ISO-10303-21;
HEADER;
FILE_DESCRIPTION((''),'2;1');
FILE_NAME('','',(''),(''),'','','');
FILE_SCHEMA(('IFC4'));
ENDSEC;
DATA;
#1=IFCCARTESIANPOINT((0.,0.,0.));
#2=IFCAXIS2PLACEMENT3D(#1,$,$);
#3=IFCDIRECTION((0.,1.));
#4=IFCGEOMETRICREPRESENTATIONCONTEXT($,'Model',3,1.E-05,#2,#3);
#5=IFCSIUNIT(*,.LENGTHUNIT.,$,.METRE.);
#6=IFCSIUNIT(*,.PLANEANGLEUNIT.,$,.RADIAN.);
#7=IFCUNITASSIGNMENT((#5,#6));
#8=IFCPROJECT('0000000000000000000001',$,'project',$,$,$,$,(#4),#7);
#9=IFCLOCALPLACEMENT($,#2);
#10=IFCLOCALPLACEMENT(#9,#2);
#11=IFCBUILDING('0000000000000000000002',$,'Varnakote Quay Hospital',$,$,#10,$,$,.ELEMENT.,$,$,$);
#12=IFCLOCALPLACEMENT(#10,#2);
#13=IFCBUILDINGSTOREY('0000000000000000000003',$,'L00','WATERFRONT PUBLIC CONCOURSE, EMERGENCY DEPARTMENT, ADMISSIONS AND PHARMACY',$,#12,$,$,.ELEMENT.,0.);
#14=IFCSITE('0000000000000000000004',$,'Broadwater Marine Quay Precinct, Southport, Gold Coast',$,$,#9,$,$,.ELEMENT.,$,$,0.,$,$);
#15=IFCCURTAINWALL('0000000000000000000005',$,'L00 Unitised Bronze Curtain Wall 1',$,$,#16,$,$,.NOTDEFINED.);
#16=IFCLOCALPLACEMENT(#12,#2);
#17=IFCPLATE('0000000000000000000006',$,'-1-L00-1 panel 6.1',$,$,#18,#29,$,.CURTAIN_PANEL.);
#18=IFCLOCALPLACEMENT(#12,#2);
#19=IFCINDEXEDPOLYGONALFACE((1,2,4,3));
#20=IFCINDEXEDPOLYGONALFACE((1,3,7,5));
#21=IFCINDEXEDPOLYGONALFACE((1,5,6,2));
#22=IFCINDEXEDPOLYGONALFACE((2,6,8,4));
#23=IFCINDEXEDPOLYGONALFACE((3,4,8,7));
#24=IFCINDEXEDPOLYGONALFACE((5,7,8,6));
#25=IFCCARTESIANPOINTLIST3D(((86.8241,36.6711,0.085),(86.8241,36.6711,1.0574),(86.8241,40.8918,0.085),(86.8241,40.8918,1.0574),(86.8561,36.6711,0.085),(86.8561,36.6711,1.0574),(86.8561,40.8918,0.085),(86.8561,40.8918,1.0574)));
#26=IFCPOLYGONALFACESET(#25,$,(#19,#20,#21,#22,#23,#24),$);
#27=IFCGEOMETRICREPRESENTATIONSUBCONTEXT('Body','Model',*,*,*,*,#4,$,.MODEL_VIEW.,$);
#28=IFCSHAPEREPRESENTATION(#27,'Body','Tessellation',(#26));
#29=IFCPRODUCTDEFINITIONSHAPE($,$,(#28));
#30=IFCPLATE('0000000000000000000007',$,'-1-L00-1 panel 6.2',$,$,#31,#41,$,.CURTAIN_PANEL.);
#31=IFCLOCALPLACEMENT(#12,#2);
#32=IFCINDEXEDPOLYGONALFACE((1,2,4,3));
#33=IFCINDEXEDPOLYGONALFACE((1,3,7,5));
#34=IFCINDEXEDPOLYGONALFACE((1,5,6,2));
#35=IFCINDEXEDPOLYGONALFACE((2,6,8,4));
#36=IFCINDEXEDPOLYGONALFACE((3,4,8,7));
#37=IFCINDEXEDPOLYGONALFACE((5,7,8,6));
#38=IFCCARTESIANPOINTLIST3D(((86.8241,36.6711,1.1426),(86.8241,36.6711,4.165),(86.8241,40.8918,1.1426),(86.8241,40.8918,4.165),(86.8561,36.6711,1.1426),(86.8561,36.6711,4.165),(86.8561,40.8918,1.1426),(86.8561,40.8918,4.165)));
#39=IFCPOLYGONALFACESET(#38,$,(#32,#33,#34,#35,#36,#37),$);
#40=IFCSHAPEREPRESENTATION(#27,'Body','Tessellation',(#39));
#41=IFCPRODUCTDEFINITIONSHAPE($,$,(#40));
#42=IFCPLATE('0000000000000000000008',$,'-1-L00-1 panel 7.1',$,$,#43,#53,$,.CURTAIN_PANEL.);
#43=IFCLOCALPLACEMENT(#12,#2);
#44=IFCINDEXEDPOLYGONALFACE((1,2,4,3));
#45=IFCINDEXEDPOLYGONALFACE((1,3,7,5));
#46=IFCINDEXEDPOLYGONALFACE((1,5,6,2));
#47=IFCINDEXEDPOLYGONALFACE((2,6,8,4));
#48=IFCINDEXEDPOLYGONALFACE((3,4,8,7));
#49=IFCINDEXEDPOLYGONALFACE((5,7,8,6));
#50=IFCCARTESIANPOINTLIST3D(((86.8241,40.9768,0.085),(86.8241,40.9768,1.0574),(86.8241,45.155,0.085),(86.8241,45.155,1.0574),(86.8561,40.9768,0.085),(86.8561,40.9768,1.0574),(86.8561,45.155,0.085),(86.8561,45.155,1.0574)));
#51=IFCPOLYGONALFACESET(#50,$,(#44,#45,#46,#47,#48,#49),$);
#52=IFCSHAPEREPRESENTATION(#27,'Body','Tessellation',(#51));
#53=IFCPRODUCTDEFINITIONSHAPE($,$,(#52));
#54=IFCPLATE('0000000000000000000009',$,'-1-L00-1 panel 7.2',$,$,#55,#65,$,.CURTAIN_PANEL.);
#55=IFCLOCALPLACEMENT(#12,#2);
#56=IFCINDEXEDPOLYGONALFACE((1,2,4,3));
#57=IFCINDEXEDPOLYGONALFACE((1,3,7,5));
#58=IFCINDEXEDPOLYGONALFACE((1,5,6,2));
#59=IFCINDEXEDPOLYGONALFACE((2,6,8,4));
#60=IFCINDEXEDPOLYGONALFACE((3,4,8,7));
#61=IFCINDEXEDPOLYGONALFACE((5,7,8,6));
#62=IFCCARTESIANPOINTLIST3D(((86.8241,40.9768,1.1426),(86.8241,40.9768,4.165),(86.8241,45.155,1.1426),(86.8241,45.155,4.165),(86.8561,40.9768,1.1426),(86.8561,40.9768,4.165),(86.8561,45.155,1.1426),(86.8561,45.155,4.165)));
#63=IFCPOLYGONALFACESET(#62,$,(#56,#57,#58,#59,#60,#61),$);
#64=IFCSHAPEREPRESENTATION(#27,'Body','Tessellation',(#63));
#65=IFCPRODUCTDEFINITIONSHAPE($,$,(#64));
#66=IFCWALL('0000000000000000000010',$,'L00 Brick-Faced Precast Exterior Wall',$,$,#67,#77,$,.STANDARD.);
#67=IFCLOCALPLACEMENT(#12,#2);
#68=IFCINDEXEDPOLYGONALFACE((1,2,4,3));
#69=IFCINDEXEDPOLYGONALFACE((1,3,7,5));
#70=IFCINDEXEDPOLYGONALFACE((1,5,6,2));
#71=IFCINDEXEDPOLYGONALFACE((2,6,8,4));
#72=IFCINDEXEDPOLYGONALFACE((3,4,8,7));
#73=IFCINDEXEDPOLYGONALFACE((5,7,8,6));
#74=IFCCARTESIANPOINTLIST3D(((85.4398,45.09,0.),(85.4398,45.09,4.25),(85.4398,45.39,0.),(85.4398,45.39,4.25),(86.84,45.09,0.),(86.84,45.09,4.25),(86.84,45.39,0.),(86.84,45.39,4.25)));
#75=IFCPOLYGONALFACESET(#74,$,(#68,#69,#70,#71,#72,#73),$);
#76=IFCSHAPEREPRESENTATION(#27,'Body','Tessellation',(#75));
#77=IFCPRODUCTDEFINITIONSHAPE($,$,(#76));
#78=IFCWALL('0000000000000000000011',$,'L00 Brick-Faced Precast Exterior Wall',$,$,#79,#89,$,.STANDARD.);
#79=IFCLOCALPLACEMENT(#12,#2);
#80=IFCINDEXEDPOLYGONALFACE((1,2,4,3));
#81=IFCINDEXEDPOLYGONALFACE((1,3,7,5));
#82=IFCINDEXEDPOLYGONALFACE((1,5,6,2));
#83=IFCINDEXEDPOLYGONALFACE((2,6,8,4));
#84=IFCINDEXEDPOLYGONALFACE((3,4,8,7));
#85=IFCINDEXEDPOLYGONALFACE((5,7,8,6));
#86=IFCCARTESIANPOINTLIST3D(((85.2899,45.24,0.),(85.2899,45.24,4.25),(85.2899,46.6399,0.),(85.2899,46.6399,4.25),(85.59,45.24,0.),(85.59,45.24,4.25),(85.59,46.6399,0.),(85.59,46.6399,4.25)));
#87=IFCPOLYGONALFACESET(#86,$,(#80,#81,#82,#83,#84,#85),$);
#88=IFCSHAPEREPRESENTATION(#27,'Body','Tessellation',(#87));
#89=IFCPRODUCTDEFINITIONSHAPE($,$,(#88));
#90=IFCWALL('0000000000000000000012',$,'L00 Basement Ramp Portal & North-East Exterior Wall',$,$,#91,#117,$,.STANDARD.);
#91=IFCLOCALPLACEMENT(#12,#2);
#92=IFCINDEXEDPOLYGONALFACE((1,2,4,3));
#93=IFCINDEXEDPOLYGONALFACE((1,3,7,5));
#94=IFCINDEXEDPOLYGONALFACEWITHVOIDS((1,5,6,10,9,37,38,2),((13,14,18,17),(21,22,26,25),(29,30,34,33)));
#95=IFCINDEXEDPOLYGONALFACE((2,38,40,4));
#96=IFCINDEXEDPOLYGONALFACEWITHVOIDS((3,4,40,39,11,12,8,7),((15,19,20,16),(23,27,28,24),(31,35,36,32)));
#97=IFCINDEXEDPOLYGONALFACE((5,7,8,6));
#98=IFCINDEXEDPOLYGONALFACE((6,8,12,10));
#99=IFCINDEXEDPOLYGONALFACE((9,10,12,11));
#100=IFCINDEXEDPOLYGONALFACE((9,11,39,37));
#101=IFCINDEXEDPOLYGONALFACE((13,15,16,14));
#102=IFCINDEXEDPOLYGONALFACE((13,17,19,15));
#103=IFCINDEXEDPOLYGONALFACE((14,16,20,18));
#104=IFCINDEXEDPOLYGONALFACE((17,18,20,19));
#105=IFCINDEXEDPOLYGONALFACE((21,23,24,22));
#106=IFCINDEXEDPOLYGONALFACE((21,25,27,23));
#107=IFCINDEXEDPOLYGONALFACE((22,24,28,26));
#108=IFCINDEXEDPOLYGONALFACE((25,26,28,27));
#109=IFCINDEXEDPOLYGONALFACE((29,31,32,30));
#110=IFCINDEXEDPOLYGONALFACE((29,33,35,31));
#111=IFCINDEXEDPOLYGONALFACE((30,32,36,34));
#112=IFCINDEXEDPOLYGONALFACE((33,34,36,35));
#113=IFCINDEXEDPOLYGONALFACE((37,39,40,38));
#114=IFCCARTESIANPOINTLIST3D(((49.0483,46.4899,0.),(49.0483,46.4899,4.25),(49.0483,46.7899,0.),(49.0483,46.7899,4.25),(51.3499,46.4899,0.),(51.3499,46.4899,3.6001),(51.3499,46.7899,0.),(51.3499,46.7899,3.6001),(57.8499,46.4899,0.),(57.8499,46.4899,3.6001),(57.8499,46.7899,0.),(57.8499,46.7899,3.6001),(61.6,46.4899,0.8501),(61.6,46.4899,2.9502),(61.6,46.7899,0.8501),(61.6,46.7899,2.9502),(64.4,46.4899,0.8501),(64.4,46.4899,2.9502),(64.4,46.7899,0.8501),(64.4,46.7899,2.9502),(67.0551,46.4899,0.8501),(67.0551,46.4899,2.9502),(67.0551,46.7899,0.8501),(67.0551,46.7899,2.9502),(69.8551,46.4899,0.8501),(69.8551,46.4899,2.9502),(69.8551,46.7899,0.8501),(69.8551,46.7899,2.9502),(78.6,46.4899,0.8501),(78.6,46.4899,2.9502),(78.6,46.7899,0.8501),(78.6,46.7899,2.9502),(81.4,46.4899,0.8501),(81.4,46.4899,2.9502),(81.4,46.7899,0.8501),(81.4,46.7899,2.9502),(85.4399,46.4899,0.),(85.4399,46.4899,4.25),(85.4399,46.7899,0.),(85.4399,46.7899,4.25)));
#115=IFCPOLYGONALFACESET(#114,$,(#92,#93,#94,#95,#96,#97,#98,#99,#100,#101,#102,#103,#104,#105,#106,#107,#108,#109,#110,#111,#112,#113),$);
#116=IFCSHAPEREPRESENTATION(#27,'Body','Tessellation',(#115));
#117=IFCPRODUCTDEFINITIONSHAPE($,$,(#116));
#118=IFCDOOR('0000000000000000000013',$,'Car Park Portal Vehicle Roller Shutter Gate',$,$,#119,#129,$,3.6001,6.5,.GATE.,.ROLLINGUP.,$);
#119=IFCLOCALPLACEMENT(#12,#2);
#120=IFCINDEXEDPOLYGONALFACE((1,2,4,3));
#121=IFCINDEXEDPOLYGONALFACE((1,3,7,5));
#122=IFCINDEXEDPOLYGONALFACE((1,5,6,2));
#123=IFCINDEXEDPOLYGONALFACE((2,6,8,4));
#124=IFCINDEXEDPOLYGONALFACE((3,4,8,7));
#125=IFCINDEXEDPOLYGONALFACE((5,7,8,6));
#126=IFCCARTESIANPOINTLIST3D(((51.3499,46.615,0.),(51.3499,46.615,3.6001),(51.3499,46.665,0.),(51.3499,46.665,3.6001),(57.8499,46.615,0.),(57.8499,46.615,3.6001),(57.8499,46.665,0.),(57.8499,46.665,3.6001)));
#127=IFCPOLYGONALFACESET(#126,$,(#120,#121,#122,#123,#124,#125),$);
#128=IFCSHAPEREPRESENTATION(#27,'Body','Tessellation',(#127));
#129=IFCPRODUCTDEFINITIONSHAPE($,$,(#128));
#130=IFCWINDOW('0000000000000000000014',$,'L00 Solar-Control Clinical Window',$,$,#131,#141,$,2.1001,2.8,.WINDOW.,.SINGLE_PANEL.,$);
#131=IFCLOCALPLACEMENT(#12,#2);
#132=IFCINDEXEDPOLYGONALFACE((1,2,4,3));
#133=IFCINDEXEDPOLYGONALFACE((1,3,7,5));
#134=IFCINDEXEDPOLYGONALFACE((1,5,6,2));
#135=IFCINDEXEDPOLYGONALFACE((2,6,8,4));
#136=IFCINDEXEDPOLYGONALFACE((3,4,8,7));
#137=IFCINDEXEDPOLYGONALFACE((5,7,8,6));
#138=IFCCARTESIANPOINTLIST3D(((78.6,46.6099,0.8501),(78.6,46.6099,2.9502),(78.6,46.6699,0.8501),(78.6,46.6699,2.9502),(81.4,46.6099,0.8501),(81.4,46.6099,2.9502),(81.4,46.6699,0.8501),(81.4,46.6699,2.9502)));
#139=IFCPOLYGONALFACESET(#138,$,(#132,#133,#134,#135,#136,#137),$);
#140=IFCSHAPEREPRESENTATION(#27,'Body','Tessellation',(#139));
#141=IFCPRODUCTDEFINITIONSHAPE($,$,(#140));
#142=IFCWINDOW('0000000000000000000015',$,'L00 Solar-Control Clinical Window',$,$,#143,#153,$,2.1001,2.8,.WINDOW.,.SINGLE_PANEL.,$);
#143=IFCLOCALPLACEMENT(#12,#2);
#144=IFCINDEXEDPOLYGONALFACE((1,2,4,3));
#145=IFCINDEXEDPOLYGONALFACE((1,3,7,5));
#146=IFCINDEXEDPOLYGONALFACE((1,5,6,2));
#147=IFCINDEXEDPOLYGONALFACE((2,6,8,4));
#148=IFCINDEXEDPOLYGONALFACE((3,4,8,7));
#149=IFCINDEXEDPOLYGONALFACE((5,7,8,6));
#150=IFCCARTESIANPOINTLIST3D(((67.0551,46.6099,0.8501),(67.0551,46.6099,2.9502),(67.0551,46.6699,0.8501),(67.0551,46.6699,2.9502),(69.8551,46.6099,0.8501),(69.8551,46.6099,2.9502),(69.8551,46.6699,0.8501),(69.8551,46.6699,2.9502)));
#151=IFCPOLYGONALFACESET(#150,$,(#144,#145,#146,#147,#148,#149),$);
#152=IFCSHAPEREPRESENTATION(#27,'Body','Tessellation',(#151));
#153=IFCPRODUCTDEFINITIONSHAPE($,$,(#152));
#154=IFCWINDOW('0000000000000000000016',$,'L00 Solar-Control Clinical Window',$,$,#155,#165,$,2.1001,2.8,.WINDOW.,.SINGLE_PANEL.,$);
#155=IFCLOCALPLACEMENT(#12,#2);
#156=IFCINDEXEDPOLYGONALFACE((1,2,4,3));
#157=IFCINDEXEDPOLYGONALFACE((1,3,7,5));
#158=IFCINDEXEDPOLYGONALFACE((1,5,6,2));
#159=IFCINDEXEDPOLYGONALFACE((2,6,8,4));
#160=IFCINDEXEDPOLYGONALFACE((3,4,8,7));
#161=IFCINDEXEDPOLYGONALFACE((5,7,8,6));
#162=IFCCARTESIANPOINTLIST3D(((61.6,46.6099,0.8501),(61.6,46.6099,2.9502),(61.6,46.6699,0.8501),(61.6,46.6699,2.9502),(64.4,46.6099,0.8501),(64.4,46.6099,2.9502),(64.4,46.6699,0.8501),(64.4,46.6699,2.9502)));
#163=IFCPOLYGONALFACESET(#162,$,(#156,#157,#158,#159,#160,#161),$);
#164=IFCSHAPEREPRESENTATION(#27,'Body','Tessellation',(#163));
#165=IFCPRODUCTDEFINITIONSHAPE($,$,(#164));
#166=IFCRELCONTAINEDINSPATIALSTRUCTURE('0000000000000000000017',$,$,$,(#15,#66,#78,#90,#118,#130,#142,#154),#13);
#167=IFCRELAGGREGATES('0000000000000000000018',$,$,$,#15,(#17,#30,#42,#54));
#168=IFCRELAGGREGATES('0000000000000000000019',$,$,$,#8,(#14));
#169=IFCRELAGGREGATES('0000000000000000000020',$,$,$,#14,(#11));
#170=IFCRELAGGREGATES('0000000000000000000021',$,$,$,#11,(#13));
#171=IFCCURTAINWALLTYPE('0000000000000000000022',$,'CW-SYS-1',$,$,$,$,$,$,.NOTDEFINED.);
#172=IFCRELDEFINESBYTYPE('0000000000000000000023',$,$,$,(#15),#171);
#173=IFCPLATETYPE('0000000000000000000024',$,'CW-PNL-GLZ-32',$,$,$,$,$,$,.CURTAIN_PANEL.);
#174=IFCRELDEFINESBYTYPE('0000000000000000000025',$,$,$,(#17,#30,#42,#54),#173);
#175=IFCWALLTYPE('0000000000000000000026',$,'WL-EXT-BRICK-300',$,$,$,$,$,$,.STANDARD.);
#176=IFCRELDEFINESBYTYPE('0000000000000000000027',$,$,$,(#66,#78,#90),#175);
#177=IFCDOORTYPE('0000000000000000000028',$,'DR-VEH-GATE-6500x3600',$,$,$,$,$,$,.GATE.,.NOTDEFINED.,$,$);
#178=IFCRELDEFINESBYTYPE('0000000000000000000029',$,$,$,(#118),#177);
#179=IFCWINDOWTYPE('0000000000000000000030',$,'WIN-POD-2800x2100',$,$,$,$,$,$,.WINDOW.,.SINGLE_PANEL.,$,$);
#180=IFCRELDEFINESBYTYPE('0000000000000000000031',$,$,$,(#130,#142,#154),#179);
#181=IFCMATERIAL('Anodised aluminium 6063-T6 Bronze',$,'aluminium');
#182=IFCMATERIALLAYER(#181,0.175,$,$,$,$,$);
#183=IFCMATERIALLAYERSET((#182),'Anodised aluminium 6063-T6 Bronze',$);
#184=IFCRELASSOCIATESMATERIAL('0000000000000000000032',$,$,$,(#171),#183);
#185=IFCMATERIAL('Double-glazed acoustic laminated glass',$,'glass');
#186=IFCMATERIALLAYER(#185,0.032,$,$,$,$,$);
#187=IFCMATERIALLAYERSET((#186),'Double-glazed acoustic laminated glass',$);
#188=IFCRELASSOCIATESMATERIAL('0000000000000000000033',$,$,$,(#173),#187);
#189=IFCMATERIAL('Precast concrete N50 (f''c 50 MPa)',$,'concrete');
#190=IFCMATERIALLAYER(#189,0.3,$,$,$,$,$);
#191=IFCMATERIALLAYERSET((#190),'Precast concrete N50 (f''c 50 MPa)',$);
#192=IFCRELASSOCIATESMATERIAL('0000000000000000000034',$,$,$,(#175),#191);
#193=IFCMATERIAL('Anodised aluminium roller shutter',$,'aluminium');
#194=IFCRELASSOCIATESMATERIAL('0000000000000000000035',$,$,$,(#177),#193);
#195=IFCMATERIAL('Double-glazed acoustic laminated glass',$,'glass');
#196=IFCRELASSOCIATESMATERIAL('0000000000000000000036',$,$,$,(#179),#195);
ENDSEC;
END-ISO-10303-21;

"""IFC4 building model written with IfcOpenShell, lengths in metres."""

from ifc_helpers import new_model, si_unit, direction, frame, frame_2d, origin, origin_2d, place, context, subcontext, project, spatial, rectangle, extrude, material, layer, layer_set, type_object, element, fill, aggregate, save


model = new_model("IFC4")

# Units and contexts
model_context = context("Model", 3, precision=1e-05, world=origin(), true_north=direction((0.0, 1.0)))
body_context = subcontext(model_context, "Body", "Model", "MODEL_VIEW")
ifc_project = project(units=[si_unit("LENGTHUNIT", "METRE"), si_unit("PLANEANGLEUNIT", "RADIAN")], contexts=[model_context])

# Site, building, storey
site_placement = place(None, origin())
site = spatial("IfcSite", under=ifc_project, at=site_placement, Name="Broadwater Marine Quay Precinct, Southport, Gold Coast", CompositionType="ELEMENT", RefElevation=0.0)
building_placement = place(site_placement, origin())
building = spatial("IfcBuilding", under=site, at=building_placement, Name="Varnakote Quay Hospital", CompositionType="ELEMENT")
storey_placement = place(building_placement, origin())
storey = spatial("IfcBuildingStorey", under=building, at=storey_placement, Name="L00", Description="WATERFRONT PUBLIC CONCOURSE, EMERGENCY DEPARTMENT, ADMISSIONS AND PHARMACY", CompositionType="ELEMENT", Elevation=0.0)

# Curtain wall
ifc_material_1 = material(Name="Anodised aluminium 6063-T6 Bronze", Category="aluminium")
ifc_layer_1 = layer(ifc_material_1, 0.175)
ifc_layer_set_1 = layer_set([ifc_layer_1], Name="Anodised aluminium 6063-T6 Bronze")
curtain_wall_type = type_object("IfcCurtainWallType", Name="CW-SYS-1", PredefinedType="NOTDEFINED", material=ifc_layer_set_1)
curtain_wall_placement = place(storey_placement, origin())
curtain_wall = element("IfcCurtainWall", 1, at=curtain_wall_placement, inside=storey, type_object=curtain_wall_type, Name="L00 Unitised Bronze Curtain Wall 1", PredefinedType="NOTDEFINED")

# Plates
ifc_material_2 = material(Name="Double-glazed acoustic laminated glass", Category="glass")
ifc_layer_2 = layer(ifc_material_2, 0.032)
ifc_layer_set_2 = layer_set([ifc_layer_2], Name="Double-glazed acoustic laminated glass")
plate_type = type_object("IfcPlateType", Name="CW-PNL-GLZ-32", PredefinedType="CURTAIN_PANEL", material=ifc_layer_set_2)
plate_1_placement = place(storey_placement, frame((86.8401, 38.7815, 0.085), z_axis=(0.0, 0.0, 1.0), x_axis=(0.0, 1.0, 0.0)))
plate_1 = element("IfcPlate", 2, at=plate_1_placement, type_object=plate_type, Name="-1-L00-1 panel 6.1", PredefinedType="CURTAIN_PANEL", context=body_context, shape_type="SweptSolid", body=[
    extrude(rectangle(XDim=4.2207, YDim=0.032, at=origin_2d()), origin(), (0.0, 0.0, 1.0), 0.9724),
])
plate_2_placement = place(storey_placement, frame((86.8401, 38.7815, 1.1426), z_axis=(0.0, 0.0, 1.0), x_axis=(0.0, 1.0, 0.0)))
plate_2 = element("IfcPlate", 3, at=plate_2_placement, type_object=plate_type, Name="-1-L00-1 panel 6.2", PredefinedType="CURTAIN_PANEL", context=body_context, shape_type="SweptSolid", body=[
    extrude(rectangle(XDim=4.2207, YDim=0.032, at=origin_2d()), origin(), (0.0, 0.0, 1.0), 3.0225),
])
plate_3_placement = place(storey_placement, frame((86.8401, 43.0659, 0.085), z_axis=(0.0, 0.0, 1.0), x_axis=(0.0, 1.0, 0.0)))
plate_3 = element("IfcPlate", 4, at=plate_3_placement, type_object=plate_type, Name="-1-L00-1 panel 7.1", PredefinedType="CURTAIN_PANEL", context=body_context, shape_type="SweptSolid", body=[
    extrude(rectangle(XDim=4.1782, YDim=0.032, at=origin_2d()), origin(), (0.0, 0.0, 1.0), 0.9724),
])
plate_4_placement = place(storey_placement, frame((86.8401, 43.0659, 1.1426), z_axis=(0.0, 0.0, 1.0), x_axis=(0.0, 1.0, 0.0)))
plate_4 = element("IfcPlate", 5, at=plate_4_placement, type_object=plate_type, Name="-1-L00-1 panel 7.2", PredefinedType="CURTAIN_PANEL", context=body_context, shape_type="SweptSolid", body=[
    extrude(rectangle(XDim=4.1782, YDim=0.032, at=origin_2d()), origin(), (0.0, 0.0, 1.0), 3.0225),
])
aggregate(curtain_wall, [plate_1, plate_2, plate_3, plate_4])

# Walls
ifc_material_3 = material(Name="Precast concrete N50 (f'c 50 MPa)", Category="concrete")
ifc_layer_3 = layer(ifc_material_3, 0.3)
ifc_layer_set_3 = layer_set([ifc_layer_3], Name="Precast concrete N50 (f'c 50 MPa)")
wall_type = type_object("IfcWallType", Name="WL-EXT-BRICK-300", PredefinedType="STANDARD", material=ifc_layer_set_3)
wall_1_placement = place(storey_placement, frame((86.8401, 45.24, 0.0), z_axis=(0.0, 0.0, 1.0), x_axis=(-1.0, 0.0, 0.0)))
element("IfcWall", 6, at=wall_1_placement, inside=storey, type_object=wall_type, Name="L00 Brick-Faced Precast Exterior Wall", PredefinedType="STANDARD", context=body_context, shape_type="SweptSolid", body=[
    extrude(rectangle(XDim=1.4001, YDim=0.3, at=frame_2d((0.7002, 0.0))), origin(), (0.0, 0.0, 1.0), 4.25),
])
wall_2_placement = place(storey_placement, frame((85.4399, 45.24, 0.0), z_axis=(0.0, 0.0, 1.0), x_axis=(0.0, 1.0, 0.0)))
element("IfcWall", 7, at=wall_2_placement, inside=storey, type_object=wall_type, Name="L00 Brick-Faced Precast Exterior Wall", PredefinedType="STANDARD", context=body_context, shape_type="SweptSolid", body=[
    extrude(rectangle(XDim=1.3999, YDim=0.3, at=frame_2d((0.7, 0.0))), origin(), (0.0, 0.0, 1.0), 4.25),
])

# Wall, openings, door, windows
wall_3_placement = place(storey_placement, frame((85.4399, 46.6399, 0.0), z_axis=(0.0, 0.0, 1.0), x_axis=(-1.0, 0.0, 0.0)))
wall_3 = element("IfcWall", 8, at=wall_3_placement, inside=storey, type_object=wall_type, Name="L00 Basement Ramp Portal & North-East Exterior Wall", PredefinedType="STANDARD", context=body_context, shape_type="SweptSolid", body=[
    extrude(rectangle(XDim=36.3916, YDim=0.3, at=frame_2d((18.1958, 0.0))), origin(), (0.0, 0.0, 1.0), 4.25),
])
opening_1_placement = place(wall_3_placement, frame((27.5901, 0.0, 0.0)))
opening_1 = element("IfcOpeningElement", 9, at=opening_1_placement, cuts=wall_3, PredefinedType="OPENING", context=body_context, shape_type="SweptSolid", body=[
    extrude(rectangle(XDim=6.5, YDim=3.6001, at=frame_2d((3.25, 1.8))), frame((0.0, 0.1599, 0.0), z_axis=(0.0, -1.0, 0.0), x_axis=(1.0, 0.0, 0.0)), (0.0, 0.0, 1.0), 0.3201),
])
opening_2_placement = place(wall_3_placement, frame((4.04, 0.0, 0.8501)))
opening_2 = element("IfcOpeningElement", 10, at=opening_2_placement, cuts=wall_3, PredefinedType="OPENING", context=body_context, shape_type="SweptSolid", body=[
    extrude(rectangle(XDim=2.8, YDim=2.1001, at=frame_2d((1.3999, 1.05))), frame((0.0, 0.1599, 0.0), z_axis=(0.0, -1.0, 0.0), x_axis=(1.0, 0.0, 0.0)), (0.0, 0.0, 1.0), 0.3201),
])
opening_3_placement = place(wall_3_placement, frame((15.585, 0.0, 0.8501)))
opening_3 = element("IfcOpeningElement", 11, at=opening_3_placement, cuts=wall_3, PredefinedType="OPENING", context=body_context, shape_type="SweptSolid", body=[
    extrude(rectangle(XDim=2.8, YDim=2.1001, at=frame_2d((1.3999, 1.05))), frame((0.0, 0.1599, 0.0), z_axis=(0.0, -1.0, 0.0), x_axis=(1.0, 0.0, 0.0)), (0.0, 0.0, 1.0), 0.3201),
])
opening_4_placement = place(wall_3_placement, frame((21.04, 0.0, 0.8501)))
opening_4 = element("IfcOpeningElement", 12, at=opening_4_placement, cuts=wall_3, PredefinedType="OPENING", context=body_context, shape_type="SweptSolid", body=[
    extrude(rectangle(XDim=2.8, YDim=2.1001, at=frame_2d((1.3999, 1.05))), frame((0.0, 0.1599, 0.0), z_axis=(0.0, -1.0, 0.0), x_axis=(1.0, 0.0, 0.0)), (0.0, 0.0, 1.0), 0.3201),
])
ifc_material_4 = material(Name="Anodised aluminium roller shutter", Category="aluminium")
door_type = type_object("IfcDoorType", Name="DR-VEH-GATE-6500x3600", OperationType="NOTDEFINED", PredefinedType="GATE", material=ifc_material_4)
door_placement = place(opening_1_placement, origin())
door = element("IfcDoor", 13, at=door_placement, inside=storey, type_object=door_type, Name="Car Park Portal Vehicle Roller Shutter Gate", OperationType="ROLLINGUP", OverallHeight=3.6001, OverallWidth=6.5, PredefinedType="GATE", context=body_context, shape_type="SweptSolid", body=[
    extrude(rectangle(XDim=6.5, YDim=3.6001, at=frame_2d((3.25, 1.8))), frame((0.0, 0.0249, 0.0), z_axis=(0.0, -1.0, 0.0), x_axis=(1.0, 0.0, 0.0)), (0.0, 0.0, 1.0), 0.05),
])
fill(opening_1, door)
ifc_material_5 = material(Name="Double-glazed acoustic laminated glass", Category="glass")
window_type = type_object("IfcWindowType", Name="WIN-POD-2800x2100", PartitioningType="SINGLE_PANEL", PredefinedType="WINDOW", material=ifc_material_5)
window_1_placement = place(opening_2_placement, origin())
window_1 = element("IfcWindow", 14, at=window_1_placement, inside=storey, type_object=window_type, Name="L00 Solar-Control Clinical Window", OverallHeight=2.1001, OverallWidth=2.8, PartitioningType="SINGLE_PANEL", PredefinedType="WINDOW", context=body_context, shape_type="SweptSolid", body=[
    extrude(rectangle(XDim=2.8, YDim=2.1001, at=frame_2d((1.3999, 1.05))), frame((0.0, 0.03, 0.0), z_axis=(0.0, -1.0, 0.0), x_axis=(1.0, 0.0, 0.0)), (0.0, 0.0, 1.0), 0.0601),
])
fill(opening_2, window_1)
window_2_placement = place(opening_3_placement, origin())
window_2 = element("IfcWindow", 15, at=window_2_placement, inside=storey, type_object=window_type, Name="L00 Solar-Control Clinical Window", OverallHeight=2.1001, OverallWidth=2.8, PartitioningType="SINGLE_PANEL", PredefinedType="WINDOW", context=body_context, shape_type="SweptSolid", body=[
    extrude(rectangle(XDim=2.8, YDim=2.1001, at=frame_2d((1.3999, 1.05))), frame((0.0, 0.03, 0.0), z_axis=(0.0, -1.0, 0.0), x_axis=(1.0, 0.0, 0.0)), (0.0, 0.0, 1.0), 0.0601),
])
fill(opening_3, window_2)
window_3_placement = place(opening_4_placement, origin())
window_3 = element("IfcWindow", 16, at=window_3_placement, inside=storey, type_object=window_type, Name="L00 Solar-Control Clinical Window", OverallHeight=2.1001, OverallWidth=2.8, PartitioningType="SINGLE_PANEL", PredefinedType="WINDOW", context=body_context, shape_type="SweptSolid", body=[
    extrude(rectangle(XDim=2.8, YDim=2.1001, at=frame_2d((1.3999, 1.05))), frame((0.0, 0.03, 0.0), z_axis=(0.0, -1.0, 0.0), x_axis=(1.0, 0.0, 0.0)), (0.0, 0.0, 1.0), 0.0601),
])
fill(opening_4, window_3)

save(model, "model.ifc")
